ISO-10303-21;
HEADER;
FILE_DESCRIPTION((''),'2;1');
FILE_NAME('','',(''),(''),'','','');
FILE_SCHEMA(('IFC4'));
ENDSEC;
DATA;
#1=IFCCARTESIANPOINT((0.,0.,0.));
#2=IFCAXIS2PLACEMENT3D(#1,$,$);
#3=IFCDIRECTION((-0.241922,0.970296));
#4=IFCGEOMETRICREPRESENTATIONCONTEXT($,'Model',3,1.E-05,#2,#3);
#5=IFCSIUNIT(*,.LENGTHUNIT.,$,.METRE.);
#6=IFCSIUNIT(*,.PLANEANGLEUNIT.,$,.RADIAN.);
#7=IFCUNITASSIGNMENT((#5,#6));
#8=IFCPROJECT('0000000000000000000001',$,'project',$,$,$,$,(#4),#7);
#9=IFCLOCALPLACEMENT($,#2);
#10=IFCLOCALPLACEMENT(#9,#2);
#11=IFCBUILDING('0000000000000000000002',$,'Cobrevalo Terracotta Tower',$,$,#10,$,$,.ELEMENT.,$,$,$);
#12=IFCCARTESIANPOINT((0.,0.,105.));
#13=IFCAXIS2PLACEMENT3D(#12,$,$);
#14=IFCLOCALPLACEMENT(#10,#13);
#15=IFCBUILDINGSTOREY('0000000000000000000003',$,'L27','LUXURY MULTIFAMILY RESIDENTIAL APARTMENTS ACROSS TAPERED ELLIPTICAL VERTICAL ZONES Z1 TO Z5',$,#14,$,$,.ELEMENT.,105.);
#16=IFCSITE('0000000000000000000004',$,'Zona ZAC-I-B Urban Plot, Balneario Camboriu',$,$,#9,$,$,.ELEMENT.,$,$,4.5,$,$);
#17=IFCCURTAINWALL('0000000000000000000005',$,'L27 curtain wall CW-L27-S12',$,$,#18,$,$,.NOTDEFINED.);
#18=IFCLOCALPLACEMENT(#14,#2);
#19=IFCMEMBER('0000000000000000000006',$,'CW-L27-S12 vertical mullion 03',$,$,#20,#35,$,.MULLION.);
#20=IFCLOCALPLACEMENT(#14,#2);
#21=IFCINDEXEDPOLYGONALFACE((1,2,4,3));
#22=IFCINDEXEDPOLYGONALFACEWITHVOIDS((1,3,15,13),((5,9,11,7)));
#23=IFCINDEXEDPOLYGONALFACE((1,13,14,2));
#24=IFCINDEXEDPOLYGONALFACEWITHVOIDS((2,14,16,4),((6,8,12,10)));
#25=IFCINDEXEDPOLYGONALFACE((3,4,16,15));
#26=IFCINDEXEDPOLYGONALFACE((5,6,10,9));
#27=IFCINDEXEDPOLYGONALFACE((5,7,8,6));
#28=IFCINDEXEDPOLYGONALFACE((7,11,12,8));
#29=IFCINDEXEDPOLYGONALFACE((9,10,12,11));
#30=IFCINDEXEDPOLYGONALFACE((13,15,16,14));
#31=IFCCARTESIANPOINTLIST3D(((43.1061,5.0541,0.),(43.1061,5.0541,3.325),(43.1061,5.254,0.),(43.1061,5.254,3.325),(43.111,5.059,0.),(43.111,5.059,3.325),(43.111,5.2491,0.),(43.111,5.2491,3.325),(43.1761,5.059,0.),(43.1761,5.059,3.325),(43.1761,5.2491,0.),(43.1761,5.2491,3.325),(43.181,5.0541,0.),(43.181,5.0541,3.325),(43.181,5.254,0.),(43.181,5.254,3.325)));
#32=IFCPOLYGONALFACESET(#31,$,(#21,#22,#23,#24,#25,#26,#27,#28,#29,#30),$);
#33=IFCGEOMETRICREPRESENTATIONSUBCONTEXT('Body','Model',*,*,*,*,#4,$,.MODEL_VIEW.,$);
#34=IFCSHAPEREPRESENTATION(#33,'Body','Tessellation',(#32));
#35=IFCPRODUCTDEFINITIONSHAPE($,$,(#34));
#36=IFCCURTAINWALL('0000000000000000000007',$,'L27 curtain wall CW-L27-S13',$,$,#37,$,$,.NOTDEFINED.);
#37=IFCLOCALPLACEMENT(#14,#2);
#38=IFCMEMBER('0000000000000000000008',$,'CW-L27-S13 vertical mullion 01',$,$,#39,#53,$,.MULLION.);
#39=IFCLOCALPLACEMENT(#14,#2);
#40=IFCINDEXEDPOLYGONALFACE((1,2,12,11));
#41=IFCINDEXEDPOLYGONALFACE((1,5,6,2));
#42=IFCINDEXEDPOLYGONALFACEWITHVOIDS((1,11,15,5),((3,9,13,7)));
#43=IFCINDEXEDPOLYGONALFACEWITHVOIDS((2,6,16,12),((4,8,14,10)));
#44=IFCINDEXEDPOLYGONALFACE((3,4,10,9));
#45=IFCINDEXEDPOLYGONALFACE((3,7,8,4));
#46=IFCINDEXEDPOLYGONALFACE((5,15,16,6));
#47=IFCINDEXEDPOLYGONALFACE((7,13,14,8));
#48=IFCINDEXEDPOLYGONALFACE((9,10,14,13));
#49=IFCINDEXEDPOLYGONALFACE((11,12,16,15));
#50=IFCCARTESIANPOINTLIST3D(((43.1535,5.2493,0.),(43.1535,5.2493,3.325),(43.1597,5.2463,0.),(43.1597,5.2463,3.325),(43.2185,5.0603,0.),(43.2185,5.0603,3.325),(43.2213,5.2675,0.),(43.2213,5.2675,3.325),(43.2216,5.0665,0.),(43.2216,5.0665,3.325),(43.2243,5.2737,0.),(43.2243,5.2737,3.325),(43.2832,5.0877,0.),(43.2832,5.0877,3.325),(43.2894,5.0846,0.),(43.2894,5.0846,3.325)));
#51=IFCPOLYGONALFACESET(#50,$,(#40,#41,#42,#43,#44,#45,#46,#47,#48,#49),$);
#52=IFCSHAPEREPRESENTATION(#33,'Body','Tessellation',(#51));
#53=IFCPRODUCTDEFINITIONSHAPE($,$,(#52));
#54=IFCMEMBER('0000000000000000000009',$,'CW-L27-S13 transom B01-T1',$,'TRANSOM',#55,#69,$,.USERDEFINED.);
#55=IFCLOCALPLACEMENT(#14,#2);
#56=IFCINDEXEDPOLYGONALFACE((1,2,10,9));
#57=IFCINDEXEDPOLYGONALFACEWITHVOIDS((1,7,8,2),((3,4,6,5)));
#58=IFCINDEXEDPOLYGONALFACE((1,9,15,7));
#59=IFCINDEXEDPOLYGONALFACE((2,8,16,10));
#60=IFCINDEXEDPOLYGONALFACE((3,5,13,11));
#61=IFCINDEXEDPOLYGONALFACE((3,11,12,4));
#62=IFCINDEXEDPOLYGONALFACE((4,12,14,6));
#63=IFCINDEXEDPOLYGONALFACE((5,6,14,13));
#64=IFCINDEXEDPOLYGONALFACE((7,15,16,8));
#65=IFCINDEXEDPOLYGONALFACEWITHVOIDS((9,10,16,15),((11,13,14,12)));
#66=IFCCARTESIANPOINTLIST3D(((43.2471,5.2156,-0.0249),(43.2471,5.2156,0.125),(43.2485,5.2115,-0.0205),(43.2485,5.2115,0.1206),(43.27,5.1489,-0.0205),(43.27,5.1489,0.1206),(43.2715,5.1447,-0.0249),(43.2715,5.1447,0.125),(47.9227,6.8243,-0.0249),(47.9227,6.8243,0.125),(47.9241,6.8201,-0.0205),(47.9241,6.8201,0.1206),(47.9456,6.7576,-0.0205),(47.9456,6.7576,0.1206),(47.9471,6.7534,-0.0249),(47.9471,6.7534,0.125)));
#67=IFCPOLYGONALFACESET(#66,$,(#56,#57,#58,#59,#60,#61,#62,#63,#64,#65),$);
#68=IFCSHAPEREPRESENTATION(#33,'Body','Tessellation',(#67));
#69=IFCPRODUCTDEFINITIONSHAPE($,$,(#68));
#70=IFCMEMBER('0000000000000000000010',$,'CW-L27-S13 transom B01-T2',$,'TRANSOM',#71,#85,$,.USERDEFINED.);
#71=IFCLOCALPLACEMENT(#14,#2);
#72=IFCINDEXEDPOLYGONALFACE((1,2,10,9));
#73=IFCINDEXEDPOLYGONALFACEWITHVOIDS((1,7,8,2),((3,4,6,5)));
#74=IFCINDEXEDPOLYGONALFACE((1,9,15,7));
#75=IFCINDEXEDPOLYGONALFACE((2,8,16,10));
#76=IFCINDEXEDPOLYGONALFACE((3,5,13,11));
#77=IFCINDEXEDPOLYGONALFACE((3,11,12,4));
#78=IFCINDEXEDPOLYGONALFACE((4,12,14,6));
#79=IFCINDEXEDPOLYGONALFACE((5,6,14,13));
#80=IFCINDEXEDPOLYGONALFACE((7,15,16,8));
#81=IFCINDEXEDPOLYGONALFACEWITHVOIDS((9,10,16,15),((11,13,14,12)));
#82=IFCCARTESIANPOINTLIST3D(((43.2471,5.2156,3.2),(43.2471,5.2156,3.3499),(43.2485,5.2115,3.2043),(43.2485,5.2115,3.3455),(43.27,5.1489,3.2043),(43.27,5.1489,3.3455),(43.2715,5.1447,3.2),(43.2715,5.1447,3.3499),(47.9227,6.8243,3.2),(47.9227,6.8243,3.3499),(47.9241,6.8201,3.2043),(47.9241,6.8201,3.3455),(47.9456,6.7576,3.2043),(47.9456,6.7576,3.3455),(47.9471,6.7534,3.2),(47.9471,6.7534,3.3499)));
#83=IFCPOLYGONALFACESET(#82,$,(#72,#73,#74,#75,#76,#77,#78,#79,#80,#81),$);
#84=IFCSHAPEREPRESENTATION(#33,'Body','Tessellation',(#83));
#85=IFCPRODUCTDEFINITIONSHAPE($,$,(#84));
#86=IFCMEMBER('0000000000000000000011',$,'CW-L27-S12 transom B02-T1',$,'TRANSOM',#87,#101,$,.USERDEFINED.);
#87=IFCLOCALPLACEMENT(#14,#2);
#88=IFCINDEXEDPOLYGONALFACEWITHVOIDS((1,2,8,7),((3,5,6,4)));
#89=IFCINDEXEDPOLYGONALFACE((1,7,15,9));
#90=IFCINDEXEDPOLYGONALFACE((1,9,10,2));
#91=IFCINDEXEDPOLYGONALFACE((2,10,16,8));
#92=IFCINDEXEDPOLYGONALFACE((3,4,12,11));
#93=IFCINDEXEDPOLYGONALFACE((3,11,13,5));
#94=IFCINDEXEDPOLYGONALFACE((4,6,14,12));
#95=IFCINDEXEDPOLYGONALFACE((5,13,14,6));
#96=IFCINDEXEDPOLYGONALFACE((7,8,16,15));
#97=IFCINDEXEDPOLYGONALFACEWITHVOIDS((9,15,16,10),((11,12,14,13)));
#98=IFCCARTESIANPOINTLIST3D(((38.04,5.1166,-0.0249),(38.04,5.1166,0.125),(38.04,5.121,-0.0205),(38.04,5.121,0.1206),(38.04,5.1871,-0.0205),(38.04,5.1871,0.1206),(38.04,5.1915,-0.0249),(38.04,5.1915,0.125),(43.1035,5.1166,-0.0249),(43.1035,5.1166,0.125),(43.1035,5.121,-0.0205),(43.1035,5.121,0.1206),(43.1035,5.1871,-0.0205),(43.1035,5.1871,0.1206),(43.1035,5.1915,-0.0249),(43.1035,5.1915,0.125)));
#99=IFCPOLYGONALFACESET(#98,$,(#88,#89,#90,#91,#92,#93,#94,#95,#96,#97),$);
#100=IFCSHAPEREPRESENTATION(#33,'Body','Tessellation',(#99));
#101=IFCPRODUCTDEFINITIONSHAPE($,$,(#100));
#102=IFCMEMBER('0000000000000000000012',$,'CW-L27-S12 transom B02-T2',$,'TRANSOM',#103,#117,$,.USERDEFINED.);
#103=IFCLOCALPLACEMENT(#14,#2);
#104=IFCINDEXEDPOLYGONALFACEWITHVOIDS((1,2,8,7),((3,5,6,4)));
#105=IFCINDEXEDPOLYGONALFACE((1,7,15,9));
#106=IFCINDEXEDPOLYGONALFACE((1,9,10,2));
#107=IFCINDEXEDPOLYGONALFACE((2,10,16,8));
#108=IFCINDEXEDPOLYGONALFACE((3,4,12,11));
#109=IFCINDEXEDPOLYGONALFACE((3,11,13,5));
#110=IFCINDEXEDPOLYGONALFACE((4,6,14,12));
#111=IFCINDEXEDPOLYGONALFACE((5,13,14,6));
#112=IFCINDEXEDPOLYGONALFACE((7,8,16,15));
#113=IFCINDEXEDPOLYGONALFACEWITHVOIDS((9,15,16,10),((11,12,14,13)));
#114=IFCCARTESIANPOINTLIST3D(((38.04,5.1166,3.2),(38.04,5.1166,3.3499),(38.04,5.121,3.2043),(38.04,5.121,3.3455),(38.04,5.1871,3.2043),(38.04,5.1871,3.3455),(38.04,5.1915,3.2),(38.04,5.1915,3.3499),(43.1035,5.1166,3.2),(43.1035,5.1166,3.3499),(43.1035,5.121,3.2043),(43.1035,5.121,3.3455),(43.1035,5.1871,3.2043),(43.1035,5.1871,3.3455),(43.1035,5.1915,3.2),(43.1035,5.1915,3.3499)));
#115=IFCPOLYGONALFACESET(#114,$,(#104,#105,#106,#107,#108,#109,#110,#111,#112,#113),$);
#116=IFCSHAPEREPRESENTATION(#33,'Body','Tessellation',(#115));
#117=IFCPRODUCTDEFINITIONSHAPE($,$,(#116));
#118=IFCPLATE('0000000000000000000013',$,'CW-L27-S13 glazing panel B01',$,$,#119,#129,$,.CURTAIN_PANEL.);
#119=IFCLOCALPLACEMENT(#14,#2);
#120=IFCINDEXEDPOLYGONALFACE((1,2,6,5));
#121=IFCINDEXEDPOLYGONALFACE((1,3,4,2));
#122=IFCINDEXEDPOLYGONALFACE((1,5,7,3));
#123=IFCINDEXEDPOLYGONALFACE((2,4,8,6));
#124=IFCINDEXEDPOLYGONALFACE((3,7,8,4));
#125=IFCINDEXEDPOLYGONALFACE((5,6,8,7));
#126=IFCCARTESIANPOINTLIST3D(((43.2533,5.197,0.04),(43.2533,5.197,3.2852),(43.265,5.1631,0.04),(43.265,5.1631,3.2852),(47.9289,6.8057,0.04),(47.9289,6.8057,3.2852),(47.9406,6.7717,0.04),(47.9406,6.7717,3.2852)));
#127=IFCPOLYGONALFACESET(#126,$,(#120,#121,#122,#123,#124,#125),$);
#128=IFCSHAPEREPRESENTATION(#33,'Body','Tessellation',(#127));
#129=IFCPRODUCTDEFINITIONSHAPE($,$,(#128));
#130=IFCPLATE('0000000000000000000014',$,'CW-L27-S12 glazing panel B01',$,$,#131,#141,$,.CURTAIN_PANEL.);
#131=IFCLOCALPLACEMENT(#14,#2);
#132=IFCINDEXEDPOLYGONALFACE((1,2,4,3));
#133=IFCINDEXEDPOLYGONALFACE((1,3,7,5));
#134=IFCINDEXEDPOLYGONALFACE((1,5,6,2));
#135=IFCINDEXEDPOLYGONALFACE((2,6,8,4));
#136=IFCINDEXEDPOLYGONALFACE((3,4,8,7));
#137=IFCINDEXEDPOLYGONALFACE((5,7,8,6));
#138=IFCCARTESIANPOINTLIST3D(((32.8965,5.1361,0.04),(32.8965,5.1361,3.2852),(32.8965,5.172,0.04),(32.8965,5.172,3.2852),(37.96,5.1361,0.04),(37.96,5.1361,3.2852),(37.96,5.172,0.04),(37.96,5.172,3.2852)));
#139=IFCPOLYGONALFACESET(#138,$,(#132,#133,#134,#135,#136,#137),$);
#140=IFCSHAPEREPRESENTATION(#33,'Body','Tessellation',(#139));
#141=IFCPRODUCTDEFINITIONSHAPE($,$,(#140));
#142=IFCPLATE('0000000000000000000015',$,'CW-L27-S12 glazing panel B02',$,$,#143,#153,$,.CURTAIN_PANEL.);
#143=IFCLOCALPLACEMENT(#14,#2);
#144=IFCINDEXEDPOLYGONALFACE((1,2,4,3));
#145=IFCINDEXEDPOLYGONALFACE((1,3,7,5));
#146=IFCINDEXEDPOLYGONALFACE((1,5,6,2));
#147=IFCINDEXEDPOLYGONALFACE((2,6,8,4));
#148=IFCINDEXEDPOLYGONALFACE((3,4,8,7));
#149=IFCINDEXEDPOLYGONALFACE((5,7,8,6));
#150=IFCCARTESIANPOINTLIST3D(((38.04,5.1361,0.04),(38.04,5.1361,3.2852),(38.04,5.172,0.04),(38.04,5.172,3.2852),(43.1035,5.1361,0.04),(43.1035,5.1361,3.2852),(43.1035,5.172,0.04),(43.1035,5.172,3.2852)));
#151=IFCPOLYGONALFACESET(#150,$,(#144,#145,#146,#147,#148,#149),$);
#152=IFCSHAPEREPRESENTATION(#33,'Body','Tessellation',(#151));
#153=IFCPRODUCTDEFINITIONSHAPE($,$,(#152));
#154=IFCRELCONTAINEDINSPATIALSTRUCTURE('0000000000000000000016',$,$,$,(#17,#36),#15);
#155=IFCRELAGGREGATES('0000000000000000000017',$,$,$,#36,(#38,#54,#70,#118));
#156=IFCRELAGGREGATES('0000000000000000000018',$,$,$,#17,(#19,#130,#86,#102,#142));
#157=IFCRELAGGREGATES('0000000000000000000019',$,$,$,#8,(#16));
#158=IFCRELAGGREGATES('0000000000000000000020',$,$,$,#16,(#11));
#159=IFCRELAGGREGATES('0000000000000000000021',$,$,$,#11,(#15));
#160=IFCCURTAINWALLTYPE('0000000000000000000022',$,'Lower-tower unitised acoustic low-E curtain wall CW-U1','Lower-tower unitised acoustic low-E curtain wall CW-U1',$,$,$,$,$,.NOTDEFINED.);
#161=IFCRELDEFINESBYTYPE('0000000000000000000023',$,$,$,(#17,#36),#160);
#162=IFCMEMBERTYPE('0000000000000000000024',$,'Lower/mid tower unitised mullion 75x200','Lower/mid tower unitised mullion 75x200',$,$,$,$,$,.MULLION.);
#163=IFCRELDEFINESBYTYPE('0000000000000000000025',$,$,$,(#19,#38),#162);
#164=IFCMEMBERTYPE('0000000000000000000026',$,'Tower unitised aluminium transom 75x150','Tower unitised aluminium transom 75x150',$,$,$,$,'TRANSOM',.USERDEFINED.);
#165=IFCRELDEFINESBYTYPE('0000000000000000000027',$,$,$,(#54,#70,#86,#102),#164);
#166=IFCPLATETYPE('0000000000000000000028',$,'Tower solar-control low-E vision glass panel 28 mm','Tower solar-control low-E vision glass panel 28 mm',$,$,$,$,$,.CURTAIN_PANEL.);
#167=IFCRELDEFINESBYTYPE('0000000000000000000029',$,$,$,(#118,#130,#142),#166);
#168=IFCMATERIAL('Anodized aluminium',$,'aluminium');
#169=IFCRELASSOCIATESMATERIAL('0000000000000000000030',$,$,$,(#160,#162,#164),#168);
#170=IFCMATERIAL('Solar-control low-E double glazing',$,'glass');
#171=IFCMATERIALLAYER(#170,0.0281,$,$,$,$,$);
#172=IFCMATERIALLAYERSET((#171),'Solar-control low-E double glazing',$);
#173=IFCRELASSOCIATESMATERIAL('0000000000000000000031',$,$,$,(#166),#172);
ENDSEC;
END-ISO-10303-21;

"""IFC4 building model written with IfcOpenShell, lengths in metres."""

from ifc_helpers import new_model, si_unit, direction, frame, origin, origin_2d, place, context, subcontext, project, spatial, rectangle, hollow_rectangle, extrude, source, transform, mapped, material, layer, layer_set, material_profile, profile_set, type_object, element, aggregate, save


model = new_model("IFC4")

# Units and contexts
model_context = context("Model", 3, precision=1e-05, world=origin(), true_north=direction((-0.241922, 0.970296)))
body_context = subcontext(model_context, "Body", "Model", "MODEL_VIEW")
ifc_project = project(units=[si_unit("LENGTHUNIT", "METRE"), si_unit("PLANEANGLEUNIT", "RADIAN")], contexts=[model_context])

# Site, building, storey
site_placement = place(None, origin())
site = spatial("IfcSite", under=ifc_project, at=site_placement, Name="Zona ZAC-I-B Urban Plot, Balneario Camboriu", CompositionType="ELEMENT", RefElevation=4.5)
building_placement = place(site_placement, origin())
building = spatial("IfcBuilding", under=site, at=building_placement, Name="Cobrevalo Terracotta Tower", CompositionType="ELEMENT")
storey_placement = place(building_placement, frame((0.0, 0.0, 105.0)))
storey = spatial("IfcBuildingStorey", under=building, at=storey_placement, Name="L27", Description="LUXURY MULTIFAMILY RESIDENTIAL APARTMENTS ACROSS TAPERED ELLIPTICAL VERTICAL ZONES Z1 TO Z5", CompositionType="ELEMENT", Elevation=105.0)

# Curtain walls, members
ifc_material_1 = material(Name="Anodized aluminium", Category="aluminium")
curtain_wall_type = type_object("IfcCurtainWallType", Name="Lower-tower unitised acoustic low-E curtain wall CW-U1", Description="Lower-tower unitised acoustic low-E curtain wall CW-U1", PredefinedType="NOTDEFINED", material=ifc_material_1)
curtain_wall_1_placement = place(storey_placement, origin())
curtain_wall_1 = element("IfcCurtainWall", 1, at=curtain_wall_1_placement, inside=storey, type_object=curtain_wall_type, Name="L27 curtain wall CW-L27-S12", PredefinedType="NOTDEFINED")
ifc_material_profile_1 = material_profile(ifc_material_1, hollow_rectangle(XDim=0.075, YDim=0.2, WallThickness=0.0049, at=origin_2d()), Name="CWM 75x200")
ifc_profile_set_1 = profile_set([ifc_material_profile_1], Name="Anodized aluminium")
member_type_1 = type_object("IfcMemberType", Name="Lower/mid tower unitised mullion 75x200", Description="Lower/mid tower unitised mullion 75x200", PredefinedType="MULLION", material=ifc_profile_set_1)
shared_shape_1 = source(origin(), body_context, "Body", "SweptSolid", [
    extrude(hollow_rectangle(XDim=0.075, YDim=0.2, WallThickness=0.0049, at=origin_2d()), origin(), (0.0, 0.0, 1.0), 3.325),
])
member_1_placement = place(storey_placement, frame((43.1436, 5.1541, 0.0), z_axis=(0.0, 0.0, 1.0), x_axis=(1.0, 0.0, 0.0)))
member_1 = element("IfcMember", 2, at=member_1_placement, type_object=member_type_1, Name="CW-L27-S12 vertical mullion 03", PredefinedType="MULLION", context=body_context, shape_type="MappedRepresentation", body=[
    mapped(shared_shape_1, transform((0.0, 0.0, 0.0), scale=1.0)),
])
curtain_wall_2_placement = place(storey_placement, origin())
curtain_wall_2 = element("IfcCurtainWall", 3, at=curtain_wall_2_placement, inside=storey, type_object=curtain_wall_type, Name="L27 curtain wall CW-L27-S13", PredefinedType="NOTDEFINED")
member_2_placement = place(storey_placement, frame((43.2214, 5.167, 0.0), z_axis=(0.0, 0.0, 1.0), x_axis=(0.945598, 0.325337, 0.0)))
member_2 = element("IfcMember", 4, at=member_2_placement, type_object=member_type_1, Name="CW-L27-S13 vertical mullion 01", PredefinedType="MULLION", context=body_context, shape_type="MappedRepresentation", body=[
    mapped(shared_shape_1, transform((0.0, 0.0, 0.0), scale=1.0)),
])
ifc_material_profile_2 = material_profile(ifc_material_1, hollow_rectangle(XDim=0.075, YDim=0.1499, WallThickness=0.0044, at=origin_2d()), Name="CWT 75x150")
ifc_profile_set_2 = profile_set([ifc_material_profile_2], Name="Anodized aluminium")
member_type_2 = type_object("IfcMemberType", Name="Tower unitised aluminium transom 75x150", Description="Tower unitised aluminium transom 75x150", ElementType="TRANSOM", PredefinedType="USERDEFINED", material=ifc_profile_set_2)
shared_shape_2 = source(origin(), body_context, "Body", "SweptSolid", [
    extrude(hollow_rectangle(XDim=0.075, YDim=0.1499, WallThickness=0.0044, at=origin_2d()), origin(), (0.0, 0.0, 1.0), 4.9446),
])
member_3_placement = place(storey_placement, frame((43.2593, 5.1802, 0.05), z_axis=(0.945598, 0.325338, 0.0), x_axis=(-0.325338, 0.945598, 0.0)))
member_3 = element("IfcMember", 5, at=member_3_placement, type_object=member_type_2, Name="CW-L27-S13 transom B01-T1", ObjectType="TRANSOM", PredefinedType="USERDEFINED", context=body_context, shape_type="MappedRepresentation", body=[
    mapped(shared_shape_2, transform((0.0, 0.0, 0.0), scale=1.0)),
])
member_4_placement = place(storey_placement, frame((43.2593, 5.1802, 3.2749), z_axis=(0.945598, 0.325338, 0.0), x_axis=(-0.325338, 0.945598, 0.0)))
member_4 = element("IfcMember", 6, at=member_4_placement, type_object=member_type_2, Name="CW-L27-S13 transom B01-T2", ObjectType="TRANSOM", PredefinedType="USERDEFINED", context=body_context, shape_type="MappedRepresentation", body=[
    mapped(shared_shape_2, transform((0.0, 0.0, 0.0), scale=1.0)),
])

# Members
shared_shape_3 = source(origin(), body_context, "Body", "SweptSolid", [
    extrude(hollow_rectangle(XDim=0.075, YDim=0.1499, WallThickness=0.0044, at=origin_2d()), origin(), (0.0, 0.0, 1.0), 5.0635),
])
member_5_placement = place(storey_placement, frame((38.04, 5.1541, 0.05), z_axis=(1.0, 0.0, 0.0), x_axis=(0.0, 1.0, 0.0)))
member_5 = element("IfcMember", 7, at=member_5_placement, type_object=member_type_2, Name="CW-L27-S12 transom B02-T1", ObjectType="TRANSOM", PredefinedType="USERDEFINED", context=body_context, shape_type="MappedRepresentation", body=[
    mapped(shared_shape_3, transform((0.0, 0.0, 0.0), scale=1.0)),
])
member_6_placement = place(storey_placement, frame((38.04, 5.1541, 3.2749), z_axis=(1.0, 0.0, 0.0), x_axis=(0.0, 1.0, 0.0)))
member_6 = element("IfcMember", 8, at=member_6_placement, type_object=member_type_2, Name="CW-L27-S12 transom B02-T2", ObjectType="TRANSOM", PredefinedType="USERDEFINED", context=body_context, shape_type="MappedRepresentation", body=[
    mapped(shared_shape_3, transform((0.0, 0.0, 0.0), scale=1.0)),
])

# Plates
ifc_material_2 = material(Name="Solar-control low-E double glazing", Category="glass")
ifc_layer_1 = layer(ifc_material_2, 0.0281)
ifc_layer_set_1 = layer_set([ifc_layer_1], Name="Solar-control low-E double glazing")
plate_type = type_object("IfcPlateType", Name="Tower solar-control low-E vision glass panel 28 mm", Description="Tower solar-control low-E vision glass panel 28 mm", PredefinedType="CURTAIN_PANEL", material=ifc_layer_set_1)
shared_shape_4 = source(origin(), body_context, "Body", "SweptSolid", [
    extrude(rectangle(XDim=4.9446, YDim=0.0359, at=origin_2d()), origin(), (0.0, 0.0, 1.0), 3.2451),
])
plate_1_placement = place(storey_placement, frame((45.5969, 5.9844, 0.04), z_axis=(0.0, 0.0, 1.0), x_axis=(0.945596, 0.325342, 0.0)))
plate_1 = element("IfcPlate", 9, at=plate_1_placement, type_object=plate_type, Name="CW-L27-S13 glazing panel B01", PredefinedType="CURTAIN_PANEL", context=body_context, shape_type="MappedRepresentation", body=[
    mapped(shared_shape_4, transform((0.0, 0.0, 0.0), scale=1.0)),
])
aggregate(curtain_wall_2, [member_2, member_3, member_4, plate_1])
shared_shape_5 = source(origin(), body_context, "Body", "SweptSolid", [
    extrude(rectangle(XDim=5.0635, YDim=0.0359, at=origin_2d()), origin(), (0.0, 0.0, 1.0), 3.2451),
])
plate_2_placement = place(storey_placement, frame((35.4282, 5.1541, 0.04), z_axis=(0.0, 0.0, 1.0), x_axis=(1.0, 0.0, 0.0)))
plate_2 = element("IfcPlate", 10, at=plate_2_placement, type_object=plate_type, Name="CW-L27-S12 glazing panel B01", PredefinedType="CURTAIN_PANEL", context=body_context, shape_type="MappedRepresentation", body=[
    mapped(shared_shape_5, transform((0.0, 0.0, 0.0), scale=1.0)),
])
plate_3_placement = place(storey_placement, frame((40.5718, 5.1541, 0.04), z_axis=(0.0, 0.0, 1.0), x_axis=(1.0, 0.0, 0.0)))
plate_3 = element("IfcPlate", 11, at=plate_3_placement, type_object=plate_type, Name="CW-L27-S12 glazing panel B02", PredefinedType="CURTAIN_PANEL", context=body_context, shape_type="MappedRepresentation", body=[
    mapped(shared_shape_5, transform((0.0, 0.0, 0.0), scale=1.0)),
])
aggregate(curtain_wall_1, [member_1, plate_2, member_5, member_6, plate_3])

save(model, "model.ifc")
